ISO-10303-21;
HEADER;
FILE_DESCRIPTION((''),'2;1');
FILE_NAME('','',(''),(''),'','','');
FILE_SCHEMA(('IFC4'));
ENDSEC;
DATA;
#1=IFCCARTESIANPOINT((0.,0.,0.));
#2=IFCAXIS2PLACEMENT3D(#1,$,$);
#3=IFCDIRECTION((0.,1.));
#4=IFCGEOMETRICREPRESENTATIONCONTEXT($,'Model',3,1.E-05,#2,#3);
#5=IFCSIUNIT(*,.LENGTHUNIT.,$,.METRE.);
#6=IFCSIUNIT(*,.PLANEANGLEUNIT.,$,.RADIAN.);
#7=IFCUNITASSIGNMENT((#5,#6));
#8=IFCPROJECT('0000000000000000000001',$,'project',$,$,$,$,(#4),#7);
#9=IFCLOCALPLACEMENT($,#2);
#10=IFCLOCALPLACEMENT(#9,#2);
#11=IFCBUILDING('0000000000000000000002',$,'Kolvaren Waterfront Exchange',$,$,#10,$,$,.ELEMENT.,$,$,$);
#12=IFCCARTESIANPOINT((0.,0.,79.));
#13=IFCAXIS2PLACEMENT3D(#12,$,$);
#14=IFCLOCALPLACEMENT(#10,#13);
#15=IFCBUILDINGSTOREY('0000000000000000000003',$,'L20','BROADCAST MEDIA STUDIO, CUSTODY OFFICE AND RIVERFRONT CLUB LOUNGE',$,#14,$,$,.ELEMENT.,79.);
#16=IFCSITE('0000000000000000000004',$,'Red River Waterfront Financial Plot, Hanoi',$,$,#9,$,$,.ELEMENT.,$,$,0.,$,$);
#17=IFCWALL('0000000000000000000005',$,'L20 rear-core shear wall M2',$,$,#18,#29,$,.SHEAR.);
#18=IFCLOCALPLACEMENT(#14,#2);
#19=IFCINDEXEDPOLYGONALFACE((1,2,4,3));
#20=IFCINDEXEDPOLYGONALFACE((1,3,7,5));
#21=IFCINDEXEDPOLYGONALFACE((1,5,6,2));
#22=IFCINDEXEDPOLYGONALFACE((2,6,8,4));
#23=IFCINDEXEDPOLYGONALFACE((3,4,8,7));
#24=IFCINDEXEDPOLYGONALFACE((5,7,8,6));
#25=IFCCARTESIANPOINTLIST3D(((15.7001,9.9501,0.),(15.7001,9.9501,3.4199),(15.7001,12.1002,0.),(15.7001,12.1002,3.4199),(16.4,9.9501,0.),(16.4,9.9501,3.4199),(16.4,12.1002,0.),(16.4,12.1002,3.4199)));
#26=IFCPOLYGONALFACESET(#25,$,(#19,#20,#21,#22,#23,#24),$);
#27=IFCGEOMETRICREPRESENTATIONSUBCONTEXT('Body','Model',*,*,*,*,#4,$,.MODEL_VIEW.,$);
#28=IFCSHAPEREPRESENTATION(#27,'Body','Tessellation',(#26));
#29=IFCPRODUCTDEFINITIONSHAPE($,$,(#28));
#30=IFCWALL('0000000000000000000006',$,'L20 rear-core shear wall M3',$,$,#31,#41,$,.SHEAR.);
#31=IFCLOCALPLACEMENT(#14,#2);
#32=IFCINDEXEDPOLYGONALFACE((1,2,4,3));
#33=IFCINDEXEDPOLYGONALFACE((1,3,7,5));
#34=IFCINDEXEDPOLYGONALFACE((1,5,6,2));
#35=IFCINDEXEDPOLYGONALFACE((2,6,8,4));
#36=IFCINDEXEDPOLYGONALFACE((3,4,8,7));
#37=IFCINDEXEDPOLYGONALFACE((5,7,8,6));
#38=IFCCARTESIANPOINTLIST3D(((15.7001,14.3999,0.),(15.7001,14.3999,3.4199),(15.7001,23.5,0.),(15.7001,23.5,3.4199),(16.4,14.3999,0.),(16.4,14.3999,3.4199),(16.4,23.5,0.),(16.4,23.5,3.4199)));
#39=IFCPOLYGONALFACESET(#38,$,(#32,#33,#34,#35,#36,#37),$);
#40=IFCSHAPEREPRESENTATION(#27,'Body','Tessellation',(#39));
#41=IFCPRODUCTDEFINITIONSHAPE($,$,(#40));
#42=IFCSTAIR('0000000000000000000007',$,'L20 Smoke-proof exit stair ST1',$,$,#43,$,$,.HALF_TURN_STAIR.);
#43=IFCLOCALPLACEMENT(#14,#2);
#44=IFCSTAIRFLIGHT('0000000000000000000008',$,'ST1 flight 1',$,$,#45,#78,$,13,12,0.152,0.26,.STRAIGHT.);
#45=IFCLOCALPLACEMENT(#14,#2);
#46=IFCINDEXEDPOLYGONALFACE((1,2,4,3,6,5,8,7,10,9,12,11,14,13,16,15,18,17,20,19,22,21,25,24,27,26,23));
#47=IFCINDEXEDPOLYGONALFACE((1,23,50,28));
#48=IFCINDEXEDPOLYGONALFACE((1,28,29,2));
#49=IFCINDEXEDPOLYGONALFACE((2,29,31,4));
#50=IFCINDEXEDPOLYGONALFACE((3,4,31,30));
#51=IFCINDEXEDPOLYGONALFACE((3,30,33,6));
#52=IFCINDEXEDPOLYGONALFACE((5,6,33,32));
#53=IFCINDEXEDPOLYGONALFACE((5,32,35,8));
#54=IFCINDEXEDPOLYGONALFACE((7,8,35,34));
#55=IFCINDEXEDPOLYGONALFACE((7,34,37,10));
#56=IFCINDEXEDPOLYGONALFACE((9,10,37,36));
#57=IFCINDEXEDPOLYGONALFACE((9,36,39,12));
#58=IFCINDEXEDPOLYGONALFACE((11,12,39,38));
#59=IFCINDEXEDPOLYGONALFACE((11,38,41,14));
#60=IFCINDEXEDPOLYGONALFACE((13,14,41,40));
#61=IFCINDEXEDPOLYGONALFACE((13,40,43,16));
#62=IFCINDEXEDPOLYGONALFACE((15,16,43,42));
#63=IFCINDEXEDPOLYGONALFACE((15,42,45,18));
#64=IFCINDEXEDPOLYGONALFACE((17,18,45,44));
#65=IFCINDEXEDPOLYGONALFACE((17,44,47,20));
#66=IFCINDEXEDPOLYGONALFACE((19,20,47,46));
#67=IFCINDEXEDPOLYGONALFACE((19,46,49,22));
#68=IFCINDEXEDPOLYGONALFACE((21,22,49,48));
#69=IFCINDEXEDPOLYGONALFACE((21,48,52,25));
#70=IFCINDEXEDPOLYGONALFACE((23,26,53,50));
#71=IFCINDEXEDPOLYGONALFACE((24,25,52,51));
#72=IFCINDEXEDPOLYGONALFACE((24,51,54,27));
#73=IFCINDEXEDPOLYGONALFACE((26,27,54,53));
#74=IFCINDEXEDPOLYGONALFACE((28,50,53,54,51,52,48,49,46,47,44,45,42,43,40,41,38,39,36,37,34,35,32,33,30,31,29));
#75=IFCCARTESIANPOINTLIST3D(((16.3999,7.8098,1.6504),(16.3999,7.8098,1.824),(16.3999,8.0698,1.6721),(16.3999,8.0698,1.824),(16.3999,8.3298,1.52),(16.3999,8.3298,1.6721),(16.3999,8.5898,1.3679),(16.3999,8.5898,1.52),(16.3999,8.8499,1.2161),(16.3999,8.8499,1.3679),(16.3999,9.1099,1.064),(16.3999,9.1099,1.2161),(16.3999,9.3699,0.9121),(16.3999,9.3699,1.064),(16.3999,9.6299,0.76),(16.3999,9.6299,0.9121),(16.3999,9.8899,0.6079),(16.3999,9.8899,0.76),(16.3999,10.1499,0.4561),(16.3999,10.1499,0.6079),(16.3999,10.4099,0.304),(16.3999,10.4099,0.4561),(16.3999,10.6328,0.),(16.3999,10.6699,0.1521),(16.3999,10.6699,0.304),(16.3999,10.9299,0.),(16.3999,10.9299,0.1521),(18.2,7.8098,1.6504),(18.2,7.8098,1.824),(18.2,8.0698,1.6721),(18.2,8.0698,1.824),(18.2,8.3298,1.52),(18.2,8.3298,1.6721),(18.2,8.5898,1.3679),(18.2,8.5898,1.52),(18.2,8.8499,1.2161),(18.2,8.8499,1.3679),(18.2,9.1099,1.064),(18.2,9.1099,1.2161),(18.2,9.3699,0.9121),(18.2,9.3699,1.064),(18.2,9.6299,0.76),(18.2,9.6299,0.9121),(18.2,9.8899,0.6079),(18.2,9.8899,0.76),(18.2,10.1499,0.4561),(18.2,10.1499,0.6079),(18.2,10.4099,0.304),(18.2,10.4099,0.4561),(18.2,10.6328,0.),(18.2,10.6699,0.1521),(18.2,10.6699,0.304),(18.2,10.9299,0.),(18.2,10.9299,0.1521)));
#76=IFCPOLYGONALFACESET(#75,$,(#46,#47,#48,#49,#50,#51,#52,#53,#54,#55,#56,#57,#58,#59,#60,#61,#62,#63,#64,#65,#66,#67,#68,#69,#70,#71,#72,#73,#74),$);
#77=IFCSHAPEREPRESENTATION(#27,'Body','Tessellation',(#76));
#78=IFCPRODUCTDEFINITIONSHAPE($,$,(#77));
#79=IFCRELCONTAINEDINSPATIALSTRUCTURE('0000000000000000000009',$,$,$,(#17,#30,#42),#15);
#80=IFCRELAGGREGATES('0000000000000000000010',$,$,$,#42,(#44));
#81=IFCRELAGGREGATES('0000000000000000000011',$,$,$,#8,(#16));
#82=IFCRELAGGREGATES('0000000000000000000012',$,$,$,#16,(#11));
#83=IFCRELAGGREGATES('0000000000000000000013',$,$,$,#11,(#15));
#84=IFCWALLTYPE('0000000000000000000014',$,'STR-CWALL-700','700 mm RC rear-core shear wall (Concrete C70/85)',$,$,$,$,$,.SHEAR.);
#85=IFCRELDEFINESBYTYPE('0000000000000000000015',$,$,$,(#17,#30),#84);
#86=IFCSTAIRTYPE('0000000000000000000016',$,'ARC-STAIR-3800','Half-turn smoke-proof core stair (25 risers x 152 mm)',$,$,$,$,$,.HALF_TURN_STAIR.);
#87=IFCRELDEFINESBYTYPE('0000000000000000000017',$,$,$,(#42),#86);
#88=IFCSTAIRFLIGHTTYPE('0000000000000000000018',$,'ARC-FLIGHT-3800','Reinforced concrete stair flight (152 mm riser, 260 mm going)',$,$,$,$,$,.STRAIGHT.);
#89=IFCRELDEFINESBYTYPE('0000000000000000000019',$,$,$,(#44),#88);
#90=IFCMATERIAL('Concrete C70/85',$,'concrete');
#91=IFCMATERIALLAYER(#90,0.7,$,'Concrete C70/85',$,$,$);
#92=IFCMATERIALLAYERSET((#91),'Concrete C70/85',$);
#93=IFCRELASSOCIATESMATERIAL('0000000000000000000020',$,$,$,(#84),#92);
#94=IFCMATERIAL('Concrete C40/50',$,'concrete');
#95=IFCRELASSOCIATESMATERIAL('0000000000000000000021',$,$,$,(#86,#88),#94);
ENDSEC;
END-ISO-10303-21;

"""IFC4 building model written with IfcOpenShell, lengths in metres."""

from ifc_helpers import new_model, si_unit, direction, frame, frame_2d, origin, place, context, subcontext, project, spatial, polyline, rectangle, outline, extrude, material, layer, layer_set, type_object, element, aggregate, save


model = new_model("IFC4")

# Units and contexts
model_context = context("Model", 3, precision=1e-05, world=origin(), true_north=direction((0.0, 1.0)))
body_context = subcontext(model_context, "Body", "Model", "MODEL_VIEW")
ifc_project = project(units=[si_unit("LENGTHUNIT", "METRE"), si_unit("PLANEANGLEUNIT", "RADIAN")], contexts=[model_context])

# Site, building, storey
site_placement = place(None, origin())
site = spatial("IfcSite", under=ifc_project, at=site_placement, Name="Red River Waterfront Financial Plot, Hanoi", CompositionType="ELEMENT", RefElevation=0.0)
building_placement = place(site_placement, origin())
building = spatial("IfcBuilding", under=site, at=building_placement, Name="Kolvaren Waterfront Exchange", CompositionType="ELEMENT")
storey_placement = place(building_placement, frame((0.0, 0.0, 79.0)))
storey = spatial("IfcBuildingStorey", under=building, at=storey_placement, Name="L20", Description="BROADCAST MEDIA STUDIO, CUSTODY OFFICE AND RIVERFRONT CLUB LOUNGE", CompositionType="ELEMENT", Elevation=79.0)

# Walls
ifc_material_1 = material(Name="Concrete C40/50", Category="concrete")
ifc_material_2 = material(Name="Concrete C70/85", Category="concrete")
ifc_layer_1 = layer(ifc_material_2, 0.7, Name="Concrete C70/85")
ifc_layer_set_1 = layer_set([ifc_layer_1], Name="Concrete C70/85")
wall_type_1 = type_object("IfcWallType", Name="STR-CWALL-700", Description="700 mm RC rear-core shear wall (Concrete C70/85)", PredefinedType="SHEAR", material=ifc_layer_set_1)
wall_1_placement = place(storey_placement, frame((16.05, 9.95, 0.0), z_axis=(0.0, 0.0, 1.0), x_axis=(0.0, 1.0, 0.0)))
element("IfcWall", 1, at=wall_1_placement, inside=storey, type_object=wall_type_1, Name="L20 rear-core shear wall M2", PredefinedType="SHEAR", context=body_context, shape_type="SweptSolid", body=[
    extrude(rectangle(XDim=2.1501, YDim=0.7, at=frame_2d((1.0752, 0.0))), origin(), (0.0, 0.0, 1.0), 3.4199),
])
wall_2_placement = place(storey_placement, frame((16.05, 14.3999, 0.0), z_axis=(0.0, 0.0, 1.0), x_axis=(0.0, 1.0, 0.0)))
element("IfcWall", 2, at=wall_2_placement, inside=storey, type_object=wall_type_1, Name="L20 rear-core shear wall M3", PredefinedType="SHEAR", context=body_context, shape_type="SweptSolid", body=[
    extrude(rectangle(XDim=9.1001, YDim=0.7, at=frame_2d((4.55, 0.0))), origin(), (0.0, 0.0, 1.0), 3.4199),
])

# Stair, stair flight
stair_type = type_object("IfcStairType", Name="ARC-STAIR-3800", Description="Half-turn smoke-proof core stair (25 risers x 152 mm)", PredefinedType="HALF_TURN_STAIR", material=ifc_material_1)
stair_placement = place(storey_placement, origin())
stair = element("IfcStair", 3, at=stair_placement, inside=storey, type_object=stair_type, Name="L20 Smoke-proof exit stair ST1", PredefinedType="HALF_TURN_STAIR")
stair_flight_type = type_object("IfcStairFlightType", Name="ARC-FLIGHT-3800", Description="Reinforced concrete stair flight (152 mm riser, 260 mm going)", PredefinedType="STRAIGHT", material=ifc_material_1)
stair_flight_placement = place(storey_placement, frame((17.3, 10.9299, 0.0), z_axis=(0.0, 0.0, 1.0), x_axis=(0.0, -1.0, 0.0)))
stair_flight = element("IfcStairFlight", 4, at=stair_flight_placement, type_object=stair_flight_type, Name="ST1 flight 1", NumberOfRisers=13, NumberOfTreads=12, PredefinedType="STRAIGHT", RiserHeight=0.152, TreadLength=0.26, context=body_context, shape_type="SweptSolid", body=[
    extrude(outline(polyline([(0.0, 0.0), (0.0, 0.1521), (0.26, 0.1521), (0.26, 0.304), (0.52, 0.304), (0.52, 0.4561), (0.78, 0.4561), (0.78, 0.6079), (1.04, 0.6079), (1.04, 0.76), (1.3, 0.76), (1.3, 0.9121), (1.5601, 0.9121), (1.5601, 1.064), (1.8201, 1.064), (1.8201, 1.2161), (2.0801, 1.2161), (2.0801, 1.3679), (2.3401, 1.3679), (2.3401, 1.52), (2.6001, 1.52), (2.6001, 1.6721), (2.8601, 1.6721), (2.8601, 1.824), (3.1201, 1.824), (3.1201, 1.9761), (3.1201, 1.6504), (0.2971, 0.0), (0.0, 0.0)])), frame((0.0, 0.8999, 0.0), z_axis=(0.0, -1.0, 0.0), x_axis=(1.0, 0.0, 0.0)), (0.0, 0.0, 1.0), 1.8),
])
aggregate(stair, [stair_flight])

save(model, "model.ifc")
